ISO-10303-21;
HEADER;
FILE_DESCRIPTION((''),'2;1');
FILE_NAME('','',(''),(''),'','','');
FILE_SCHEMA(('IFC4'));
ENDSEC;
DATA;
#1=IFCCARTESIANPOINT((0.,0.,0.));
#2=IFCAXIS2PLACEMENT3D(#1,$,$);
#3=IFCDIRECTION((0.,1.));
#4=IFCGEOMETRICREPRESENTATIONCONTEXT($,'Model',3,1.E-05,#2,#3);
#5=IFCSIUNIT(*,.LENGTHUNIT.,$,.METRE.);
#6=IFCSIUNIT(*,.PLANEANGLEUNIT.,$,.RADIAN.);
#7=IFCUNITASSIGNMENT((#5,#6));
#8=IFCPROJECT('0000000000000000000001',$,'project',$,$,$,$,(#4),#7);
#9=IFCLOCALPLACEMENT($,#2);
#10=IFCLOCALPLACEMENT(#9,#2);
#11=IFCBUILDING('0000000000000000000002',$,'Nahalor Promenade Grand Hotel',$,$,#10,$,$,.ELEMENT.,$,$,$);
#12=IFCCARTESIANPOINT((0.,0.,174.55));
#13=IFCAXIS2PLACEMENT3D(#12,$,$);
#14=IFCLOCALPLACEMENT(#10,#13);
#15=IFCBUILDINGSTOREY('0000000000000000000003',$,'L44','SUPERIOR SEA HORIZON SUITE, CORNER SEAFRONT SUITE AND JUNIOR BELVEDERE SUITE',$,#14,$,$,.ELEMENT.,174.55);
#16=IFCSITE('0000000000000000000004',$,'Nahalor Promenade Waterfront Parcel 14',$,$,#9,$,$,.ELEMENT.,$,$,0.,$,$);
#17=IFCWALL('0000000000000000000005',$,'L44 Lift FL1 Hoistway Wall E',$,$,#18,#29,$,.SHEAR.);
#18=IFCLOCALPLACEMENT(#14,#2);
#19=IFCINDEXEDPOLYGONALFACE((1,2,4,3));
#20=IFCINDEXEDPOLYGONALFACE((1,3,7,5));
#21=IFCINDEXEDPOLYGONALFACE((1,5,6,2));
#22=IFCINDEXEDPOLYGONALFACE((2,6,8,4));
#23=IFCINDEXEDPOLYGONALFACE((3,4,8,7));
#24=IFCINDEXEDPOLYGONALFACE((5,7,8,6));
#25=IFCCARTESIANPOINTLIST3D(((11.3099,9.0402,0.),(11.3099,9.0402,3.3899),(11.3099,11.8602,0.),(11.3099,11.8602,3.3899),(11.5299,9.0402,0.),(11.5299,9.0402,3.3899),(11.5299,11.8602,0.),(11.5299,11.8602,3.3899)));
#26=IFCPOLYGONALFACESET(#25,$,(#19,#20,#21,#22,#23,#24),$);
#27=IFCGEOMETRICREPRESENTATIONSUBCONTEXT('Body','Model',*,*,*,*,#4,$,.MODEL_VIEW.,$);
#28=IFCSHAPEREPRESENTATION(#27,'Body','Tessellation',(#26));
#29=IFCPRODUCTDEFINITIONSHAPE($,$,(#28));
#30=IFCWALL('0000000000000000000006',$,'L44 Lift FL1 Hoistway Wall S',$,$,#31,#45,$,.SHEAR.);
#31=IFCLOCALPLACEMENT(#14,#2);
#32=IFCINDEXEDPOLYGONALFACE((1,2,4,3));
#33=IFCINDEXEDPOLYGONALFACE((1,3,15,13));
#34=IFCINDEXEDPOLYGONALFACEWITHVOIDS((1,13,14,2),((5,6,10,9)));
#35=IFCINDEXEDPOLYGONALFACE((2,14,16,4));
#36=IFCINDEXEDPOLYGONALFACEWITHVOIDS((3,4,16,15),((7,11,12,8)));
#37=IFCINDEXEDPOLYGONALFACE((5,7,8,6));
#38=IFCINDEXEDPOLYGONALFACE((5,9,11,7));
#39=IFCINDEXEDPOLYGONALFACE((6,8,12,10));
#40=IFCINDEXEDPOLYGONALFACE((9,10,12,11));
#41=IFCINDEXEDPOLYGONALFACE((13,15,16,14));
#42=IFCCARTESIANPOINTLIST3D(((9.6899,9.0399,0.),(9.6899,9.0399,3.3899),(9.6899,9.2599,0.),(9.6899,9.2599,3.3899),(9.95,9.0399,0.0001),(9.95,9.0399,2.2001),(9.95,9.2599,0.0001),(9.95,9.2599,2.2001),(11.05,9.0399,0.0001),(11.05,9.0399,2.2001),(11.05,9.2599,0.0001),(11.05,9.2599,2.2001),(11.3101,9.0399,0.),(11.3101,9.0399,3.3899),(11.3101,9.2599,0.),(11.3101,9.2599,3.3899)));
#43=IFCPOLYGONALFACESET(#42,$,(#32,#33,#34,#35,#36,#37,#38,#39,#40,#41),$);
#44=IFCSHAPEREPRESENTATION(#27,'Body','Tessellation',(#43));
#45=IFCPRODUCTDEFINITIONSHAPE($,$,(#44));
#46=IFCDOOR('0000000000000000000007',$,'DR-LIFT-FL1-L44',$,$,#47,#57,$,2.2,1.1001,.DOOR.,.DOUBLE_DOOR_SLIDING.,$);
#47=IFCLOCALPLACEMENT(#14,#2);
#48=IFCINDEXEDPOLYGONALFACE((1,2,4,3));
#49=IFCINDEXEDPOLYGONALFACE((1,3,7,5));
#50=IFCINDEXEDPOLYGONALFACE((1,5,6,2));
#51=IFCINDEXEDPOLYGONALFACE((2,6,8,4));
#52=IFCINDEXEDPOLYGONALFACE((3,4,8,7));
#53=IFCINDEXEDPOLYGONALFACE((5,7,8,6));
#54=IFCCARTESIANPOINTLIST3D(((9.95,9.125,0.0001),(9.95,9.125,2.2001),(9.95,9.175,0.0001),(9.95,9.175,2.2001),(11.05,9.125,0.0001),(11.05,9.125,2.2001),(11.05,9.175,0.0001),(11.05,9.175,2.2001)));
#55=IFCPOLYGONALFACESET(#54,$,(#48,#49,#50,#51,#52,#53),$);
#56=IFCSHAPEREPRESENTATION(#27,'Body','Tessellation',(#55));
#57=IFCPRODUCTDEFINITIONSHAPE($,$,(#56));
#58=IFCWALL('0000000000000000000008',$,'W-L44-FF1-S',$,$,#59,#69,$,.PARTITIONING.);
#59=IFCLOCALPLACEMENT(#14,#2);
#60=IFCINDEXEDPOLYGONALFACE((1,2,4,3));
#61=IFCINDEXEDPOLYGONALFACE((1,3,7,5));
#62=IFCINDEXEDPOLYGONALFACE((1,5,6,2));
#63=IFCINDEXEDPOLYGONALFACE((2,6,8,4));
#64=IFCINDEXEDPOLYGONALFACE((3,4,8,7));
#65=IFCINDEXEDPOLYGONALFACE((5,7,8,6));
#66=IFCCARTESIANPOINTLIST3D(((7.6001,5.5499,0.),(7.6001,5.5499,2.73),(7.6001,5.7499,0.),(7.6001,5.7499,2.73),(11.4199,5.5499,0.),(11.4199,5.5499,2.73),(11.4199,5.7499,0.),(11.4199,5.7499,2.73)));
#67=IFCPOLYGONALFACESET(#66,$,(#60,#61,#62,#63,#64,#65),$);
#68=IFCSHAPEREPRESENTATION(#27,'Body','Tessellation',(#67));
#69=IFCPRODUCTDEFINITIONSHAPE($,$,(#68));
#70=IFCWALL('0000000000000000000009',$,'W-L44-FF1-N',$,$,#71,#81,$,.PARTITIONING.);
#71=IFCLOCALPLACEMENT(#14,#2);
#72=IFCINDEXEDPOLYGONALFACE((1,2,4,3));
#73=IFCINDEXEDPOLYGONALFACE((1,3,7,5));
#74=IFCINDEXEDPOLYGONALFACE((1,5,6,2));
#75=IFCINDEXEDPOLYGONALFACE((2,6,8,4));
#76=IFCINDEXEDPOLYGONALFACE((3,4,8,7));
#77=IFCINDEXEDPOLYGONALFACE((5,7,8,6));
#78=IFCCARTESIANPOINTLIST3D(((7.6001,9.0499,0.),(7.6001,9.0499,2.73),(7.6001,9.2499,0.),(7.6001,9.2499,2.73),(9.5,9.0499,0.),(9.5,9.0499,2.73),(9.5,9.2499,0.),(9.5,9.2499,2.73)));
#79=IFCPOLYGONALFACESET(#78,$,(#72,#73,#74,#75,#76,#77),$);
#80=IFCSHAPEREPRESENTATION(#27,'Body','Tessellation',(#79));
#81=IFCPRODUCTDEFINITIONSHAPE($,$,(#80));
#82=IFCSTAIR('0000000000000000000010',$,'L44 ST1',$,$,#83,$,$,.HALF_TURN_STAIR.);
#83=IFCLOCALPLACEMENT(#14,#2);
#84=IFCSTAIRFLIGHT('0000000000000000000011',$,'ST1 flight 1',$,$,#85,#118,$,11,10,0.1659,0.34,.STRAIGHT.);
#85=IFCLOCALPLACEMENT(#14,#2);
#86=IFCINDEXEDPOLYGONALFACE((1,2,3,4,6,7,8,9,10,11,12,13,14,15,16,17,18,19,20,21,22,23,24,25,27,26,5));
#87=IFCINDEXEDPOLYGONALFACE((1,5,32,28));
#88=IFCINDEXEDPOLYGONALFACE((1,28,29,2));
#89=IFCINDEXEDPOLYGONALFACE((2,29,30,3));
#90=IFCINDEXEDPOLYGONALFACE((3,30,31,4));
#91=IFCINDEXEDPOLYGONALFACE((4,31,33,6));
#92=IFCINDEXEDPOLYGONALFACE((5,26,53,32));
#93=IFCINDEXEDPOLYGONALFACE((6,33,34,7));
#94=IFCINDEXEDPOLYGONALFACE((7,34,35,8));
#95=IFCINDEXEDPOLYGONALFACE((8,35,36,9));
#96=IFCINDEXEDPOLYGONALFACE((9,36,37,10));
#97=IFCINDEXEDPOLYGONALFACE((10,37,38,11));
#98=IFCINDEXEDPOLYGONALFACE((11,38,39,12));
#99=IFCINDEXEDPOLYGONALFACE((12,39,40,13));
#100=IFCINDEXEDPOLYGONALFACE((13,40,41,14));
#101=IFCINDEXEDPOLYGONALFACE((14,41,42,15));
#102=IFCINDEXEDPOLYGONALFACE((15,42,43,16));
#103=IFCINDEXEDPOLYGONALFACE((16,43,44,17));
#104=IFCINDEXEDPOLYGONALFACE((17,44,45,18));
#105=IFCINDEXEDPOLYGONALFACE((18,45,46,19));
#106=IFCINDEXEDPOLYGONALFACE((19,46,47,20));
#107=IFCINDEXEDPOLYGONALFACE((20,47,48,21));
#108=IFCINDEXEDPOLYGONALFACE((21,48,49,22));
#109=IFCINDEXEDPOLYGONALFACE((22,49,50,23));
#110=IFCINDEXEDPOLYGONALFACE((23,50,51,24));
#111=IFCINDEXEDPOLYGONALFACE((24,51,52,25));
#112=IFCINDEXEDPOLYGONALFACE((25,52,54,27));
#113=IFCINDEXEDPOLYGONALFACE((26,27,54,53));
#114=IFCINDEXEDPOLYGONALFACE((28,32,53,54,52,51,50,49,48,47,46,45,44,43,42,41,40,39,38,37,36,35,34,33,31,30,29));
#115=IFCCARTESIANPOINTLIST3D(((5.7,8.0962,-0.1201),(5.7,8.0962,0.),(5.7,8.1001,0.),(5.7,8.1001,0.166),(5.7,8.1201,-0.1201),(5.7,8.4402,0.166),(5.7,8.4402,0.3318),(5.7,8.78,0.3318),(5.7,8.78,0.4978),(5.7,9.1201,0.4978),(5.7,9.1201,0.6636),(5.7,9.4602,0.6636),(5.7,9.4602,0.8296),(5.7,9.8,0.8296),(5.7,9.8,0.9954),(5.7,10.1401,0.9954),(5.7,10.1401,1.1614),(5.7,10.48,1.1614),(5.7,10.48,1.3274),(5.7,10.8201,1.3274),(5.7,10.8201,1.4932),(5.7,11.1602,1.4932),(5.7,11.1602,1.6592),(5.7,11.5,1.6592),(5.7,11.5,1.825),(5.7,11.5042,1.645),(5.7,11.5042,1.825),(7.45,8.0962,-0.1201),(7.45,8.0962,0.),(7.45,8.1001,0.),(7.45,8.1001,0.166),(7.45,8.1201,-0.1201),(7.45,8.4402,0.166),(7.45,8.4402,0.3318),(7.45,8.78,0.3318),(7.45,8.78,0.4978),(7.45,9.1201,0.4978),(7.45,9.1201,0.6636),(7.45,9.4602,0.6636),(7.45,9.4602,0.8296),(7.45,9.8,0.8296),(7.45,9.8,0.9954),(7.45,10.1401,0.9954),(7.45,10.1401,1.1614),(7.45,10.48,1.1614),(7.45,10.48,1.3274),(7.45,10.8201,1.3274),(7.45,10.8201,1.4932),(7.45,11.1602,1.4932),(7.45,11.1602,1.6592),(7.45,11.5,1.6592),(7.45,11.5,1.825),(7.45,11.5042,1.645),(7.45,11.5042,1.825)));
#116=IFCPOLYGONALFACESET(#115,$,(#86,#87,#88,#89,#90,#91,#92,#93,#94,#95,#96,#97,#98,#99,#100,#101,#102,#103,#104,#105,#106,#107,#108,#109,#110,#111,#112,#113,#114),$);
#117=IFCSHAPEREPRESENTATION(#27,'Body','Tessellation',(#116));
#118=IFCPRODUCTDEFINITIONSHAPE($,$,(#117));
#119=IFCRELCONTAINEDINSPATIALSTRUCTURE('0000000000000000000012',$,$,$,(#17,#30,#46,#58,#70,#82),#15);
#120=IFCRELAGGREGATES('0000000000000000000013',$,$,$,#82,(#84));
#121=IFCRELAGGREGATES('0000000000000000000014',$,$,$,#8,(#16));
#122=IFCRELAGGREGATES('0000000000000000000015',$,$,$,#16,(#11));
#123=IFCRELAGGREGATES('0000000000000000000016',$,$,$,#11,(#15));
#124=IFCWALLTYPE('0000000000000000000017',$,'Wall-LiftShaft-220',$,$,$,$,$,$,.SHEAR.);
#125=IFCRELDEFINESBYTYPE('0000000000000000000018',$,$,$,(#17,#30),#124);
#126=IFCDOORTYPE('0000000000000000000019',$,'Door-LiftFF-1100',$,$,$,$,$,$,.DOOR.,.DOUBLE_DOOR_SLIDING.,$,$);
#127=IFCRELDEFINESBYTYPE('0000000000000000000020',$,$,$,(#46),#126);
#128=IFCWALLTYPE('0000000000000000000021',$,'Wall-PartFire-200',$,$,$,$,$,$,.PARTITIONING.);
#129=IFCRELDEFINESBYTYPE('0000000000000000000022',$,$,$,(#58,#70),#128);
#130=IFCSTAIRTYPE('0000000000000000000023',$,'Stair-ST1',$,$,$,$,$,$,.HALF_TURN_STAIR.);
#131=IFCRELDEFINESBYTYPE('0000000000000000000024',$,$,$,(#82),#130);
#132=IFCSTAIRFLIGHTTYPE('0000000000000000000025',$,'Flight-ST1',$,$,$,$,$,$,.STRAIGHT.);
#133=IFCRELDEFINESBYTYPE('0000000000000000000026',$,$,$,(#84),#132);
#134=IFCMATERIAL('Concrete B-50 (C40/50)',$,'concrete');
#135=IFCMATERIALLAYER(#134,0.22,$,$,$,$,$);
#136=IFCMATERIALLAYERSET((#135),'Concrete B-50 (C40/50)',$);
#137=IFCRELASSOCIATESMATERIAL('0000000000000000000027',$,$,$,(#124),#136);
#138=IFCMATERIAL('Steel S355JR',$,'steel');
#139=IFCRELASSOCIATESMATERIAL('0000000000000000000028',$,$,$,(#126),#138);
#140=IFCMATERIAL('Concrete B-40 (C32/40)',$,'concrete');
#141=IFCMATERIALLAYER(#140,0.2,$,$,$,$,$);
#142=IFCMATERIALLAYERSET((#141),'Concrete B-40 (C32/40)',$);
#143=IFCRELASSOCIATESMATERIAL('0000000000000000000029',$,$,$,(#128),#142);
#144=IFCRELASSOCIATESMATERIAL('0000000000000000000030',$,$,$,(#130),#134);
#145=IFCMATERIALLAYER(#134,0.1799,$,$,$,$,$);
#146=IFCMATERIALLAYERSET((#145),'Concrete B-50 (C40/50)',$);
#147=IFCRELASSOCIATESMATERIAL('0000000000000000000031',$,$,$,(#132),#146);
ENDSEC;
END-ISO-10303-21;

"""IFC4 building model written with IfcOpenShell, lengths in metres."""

from ifc_helpers import new_model, si_unit, direction, frame, frame_2d, origin, place, context, subcontext, project, spatial, polyline, rectangle, outline, extrude, source, transform, mapped, material, layer, layer_set, type_object, element, fill, aggregate, save


model = new_model("IFC4")

# Units and contexts
model_context = context("Model", 3, precision=1e-05, world=origin(), true_north=direction((0.0, 1.0)))
body_context = subcontext(model_context, "Body", "Model", "MODEL_VIEW")
ifc_project = project(units=[si_unit("LENGTHUNIT", "METRE"), si_unit("PLANEANGLEUNIT", "RADIAN")], contexts=[model_context])

# Site, building, storey
site_placement = place(None, origin())
site = spatial("IfcSite", under=ifc_project, at=site_placement, Name="Nahalor Promenade Waterfront Parcel 14", CompositionType="ELEMENT", RefElevation=0.0)
building_placement = place(site_placement, origin())
building = spatial("IfcBuilding", under=site, at=building_placement, Name="Nahalor Promenade Grand Hotel", CompositionType="ELEMENT")
storey_placement = place(building_placement, frame((0.0, 0.0, 174.55)))
storey = spatial("IfcBuildingStorey", under=building, at=storey_placement, Name="L44", Description="SUPERIOR SEA HORIZON SUITE, CORNER SEAFRONT SUITE AND JUNIOR BELVEDERE SUITE", CompositionType="ELEMENT", Elevation=174.55)

# Shared definitions
ifc_material_1 = material(Name="Steel S355JR", Category="steel")

# Shared definitions
ifc_material_2 = material(Name="Concrete B-50 (C40/50)", Category="concrete")

# Wall
ifc_layer_1 = layer(ifc_material_2, 0.22)
ifc_layer_set_1 = layer_set([ifc_layer_1], Name="Concrete B-50 (C40/50)")
wall_type_1 = type_object("IfcWallType", Name="Wall-LiftShaft-220", PredefinedType="SHEAR", material=ifc_layer_set_1)
shared_shape_1 = source(origin(), body_context, "Body", "SweptSolid", [
    extrude(rectangle(XDim=2.8201, YDim=0.22, at=frame_2d((1.4102, 0.0))), origin(), (0.0, 0.0, 1.0), 3.3899),
])
for number, where, z_axis, x_axis, name in (
    (1, (11.4199, 9.04, 0.0), (0.0, 0.0, 1.0), (0.0, 1.0, 0.0), "L44 Lift FL1 Hoistway Wall E"),
):
    element("IfcWall", number, at=place(storey_placement, frame(where, z_axis=z_axis, x_axis=x_axis)), inside=storey, type_object=wall_type_1, Name=name, PredefinedType="SHEAR", context=body_context, shape_type="MappedRepresentation", body=[
        mapped(shared_shape_1, transform((0.0, 0.0, 0.0), scale=1.0)),
    ])

# Wall, opening, door
shared_shape_2 = source(origin(), body_context, "Body", "SweptSolid", [
    extrude(rectangle(XDim=1.6201, YDim=0.22, at=frame_2d((0.8101, 0.0))), origin(), (0.0, 0.0, 1.0), 3.3899),
])
wall_1_placement = place(storey_placement, frame((9.6899, 9.1499, 0.0), z_axis=(0.0, 0.0, 1.0), x_axis=(1.0, 0.0, 0.0)))
wall_1 = element("IfcWall", 2, at=wall_1_placement, inside=storey, type_object=wall_type_1, Name="L44 Lift FL1 Hoistway Wall S", PredefinedType="SHEAR", context=body_context, shape_type="MappedRepresentation", body=[
    mapped(shared_shape_2, transform((0.0, 0.0, 0.0), scale=1.0)),
])
opening_1_placement = place(wall_1_placement, frame((0.26, 0.0, 0.0)))
opening_1 = element("IfcOpeningElement", 3, at=opening_1_placement, cuts=wall_1, PredefinedType="OPENING", context=body_context, shape_type="SweptSolid", body=[
    extrude(rectangle(XDim=1.1001, YDim=2.2, at=frame_2d((0.55, 1.1001))), frame((0.0, 0.1199, 0.0), z_axis=(0.0, -1.0, 0.0), x_axis=(1.0, 0.0, 0.0)), (0.0, 0.0, 1.0), 0.24),
])
door_type_1 = type_object("IfcDoorType", Name="Door-LiftFF-1100", OperationType="DOUBLE_DOOR_SLIDING", PredefinedType="DOOR", material=ifc_material_1)
shared_shape_3 = source(origin(), body_context, "Body", "SweptSolid", [
    extrude(rectangle(XDim=1.1001, YDim=2.2, at=frame_2d((0.55, 1.1001))), frame((0.0, 0.0249, 0.0), z_axis=(0.0, -1.0, 0.0), x_axis=(1.0, 0.0, 0.0)), (0.0, 0.0, 1.0), 0.05),
])
door_1_placement = place(opening_1_placement, frame((1.1001, 0.0, 0.0), z_axis=(0.0, 0.0, 1.0), x_axis=(-1.0, 0.0, 0.0)))
door_1 = element("IfcDoor", 4, at=door_1_placement, inside=storey, type_object=door_type_1, Name="DR-LIFT-FL1-L44", OperationType="DOUBLE_DOOR_SLIDING", OverallHeight=2.2, OverallWidth=1.1001, PredefinedType="DOOR", context=body_context, shape_type="MappedRepresentation", body=[
    mapped(shared_shape_3, transform((0.0, 0.0, 0.0), scale=1.0)),
])
fill(opening_1, door_1)

# Walls
ifc_material_3 = material(Name="Concrete B-40 (C32/40)", Category="concrete")
ifc_layer_2 = layer(ifc_material_3, 0.2)
ifc_layer_set_2 = layer_set([ifc_layer_2], Name="Concrete B-40 (C32/40)")
wall_type_2 = type_object("IfcWallType", Name="Wall-PartFire-200", PredefinedType="PARTITIONING", material=ifc_layer_set_2)
shared_shape_4 = source(origin(), body_context, "Body", "SweptSolid", [
    extrude(rectangle(XDim=3.8198, YDim=0.2, at=frame_2d((1.9099, 0.0))), origin(), (0.0, 0.0, 1.0), 2.73),
])
wall_2_placement = place(storey_placement, frame((7.6001, 5.6499, 0.0), z_axis=(0.0, 0.0, 1.0), x_axis=(1.0, 0.0, 0.0)))
element("IfcWall", 5, at=wall_2_placement, inside=storey, type_object=wall_type_2, Name="W-L44-FF1-S", PredefinedType="PARTITIONING", context=body_context, shape_type="MappedRepresentation", body=[
    mapped(shared_shape_4, transform((0.0, 0.0, 0.0), scale=1.0)),
])
shared_shape_5 = source(origin(), body_context, "Body", "SweptSolid", [
    extrude(rectangle(XDim=1.8999, YDim=0.2, at=frame_2d((0.95, 0.0))), origin(), (0.0, 0.0, 1.0), 2.73),
])
wall_3_placement = place(storey_placement, frame((7.6001, 9.1499, 0.0), z_axis=(0.0, 0.0, 1.0), x_axis=(1.0, 0.0, 0.0)))
element("IfcWall", 6, at=wall_3_placement, inside=storey, type_object=wall_type_2, Name="W-L44-FF1-N", PredefinedType="PARTITIONING", context=body_context, shape_type="MappedRepresentation", body=[
    mapped(shared_shape_5, transform((0.0, 0.0, 0.0), scale=1.0)),
])

# Stair, stair flight
stair_type = type_object("IfcStairType", Name="Stair-ST1", PredefinedType="HALF_TURN_STAIR", material=ifc_material_2)
stair_placement = place(storey_placement, origin())
stair = element("IfcStair", 7, at=stair_placement, inside=storey, type_object=stair_type, Name="L44 ST1", PredefinedType="HALF_TURN_STAIR")
ifc_layer_3 = layer(ifc_material_2, 0.1799)
ifc_layer_set_3 = layer_set([ifc_layer_3], Name="Concrete B-50 (C40/50)")
stair_flight_type = type_object("IfcStairFlightType", Name="Flight-ST1", PredefinedType="STRAIGHT", material=ifc_layer_set_3)
shared_shape_6 = source(origin(), body_context, "Body", "SweptSolid", [
    extrude(outline(polyline([(-0.0039, -0.1201), (-0.0039, 0.0), (0.0, 0.0), (0.0, 0.166), (0.3401, 0.166), (0.3401, 0.3318), (0.6799, 0.3318), (0.6799, 0.4978), (1.02, 0.4978), (1.02, 0.6636), (1.3601, 0.6636), (1.3601, 0.8296), (1.7, 0.8296), (1.7, 0.9954), (2.04, 0.9954), (2.04, 1.1614), (2.3799, 1.1614), (2.3799, 1.3274), (2.72, 1.3274), (2.72, 1.4932), (3.0601, 1.4932), (3.0601, 1.6592), (3.3999, 1.6592), (3.3999, 1.825), (3.4041, 1.825), (3.4041, 1.645), (0.02, -0.1201), (-0.0039, -0.1201)])), frame((0.0, 0.875, 0.0), z_axis=(0.0, -1.0, 0.0), x_axis=(1.0, 0.0, 0.0)), (0.0, 0.0, 1.0), 1.75),
])
stair_flight_placement = place(storey_placement, frame((6.575, 8.1001, 0.0), z_axis=(0.0, 0.0, 1.0), x_axis=(0.0, 1.0, 0.0)))
stair_flight = element("IfcStairFlight", 8, at=stair_flight_placement, type_object=stair_flight_type, Name="ST1 flight 1", NumberOfRisers=11, NumberOfTreads=10, PredefinedType="STRAIGHT", RiserHeight=0.1659, TreadLength=0.34, context=body_context, shape_type="MappedRepresentation", body=[
    mapped(shared_shape_6, transform((0.0, 0.0, 0.0), scale=1.0)),
])
aggregate(stair, [stair_flight])

save(model, "model.ifc")
